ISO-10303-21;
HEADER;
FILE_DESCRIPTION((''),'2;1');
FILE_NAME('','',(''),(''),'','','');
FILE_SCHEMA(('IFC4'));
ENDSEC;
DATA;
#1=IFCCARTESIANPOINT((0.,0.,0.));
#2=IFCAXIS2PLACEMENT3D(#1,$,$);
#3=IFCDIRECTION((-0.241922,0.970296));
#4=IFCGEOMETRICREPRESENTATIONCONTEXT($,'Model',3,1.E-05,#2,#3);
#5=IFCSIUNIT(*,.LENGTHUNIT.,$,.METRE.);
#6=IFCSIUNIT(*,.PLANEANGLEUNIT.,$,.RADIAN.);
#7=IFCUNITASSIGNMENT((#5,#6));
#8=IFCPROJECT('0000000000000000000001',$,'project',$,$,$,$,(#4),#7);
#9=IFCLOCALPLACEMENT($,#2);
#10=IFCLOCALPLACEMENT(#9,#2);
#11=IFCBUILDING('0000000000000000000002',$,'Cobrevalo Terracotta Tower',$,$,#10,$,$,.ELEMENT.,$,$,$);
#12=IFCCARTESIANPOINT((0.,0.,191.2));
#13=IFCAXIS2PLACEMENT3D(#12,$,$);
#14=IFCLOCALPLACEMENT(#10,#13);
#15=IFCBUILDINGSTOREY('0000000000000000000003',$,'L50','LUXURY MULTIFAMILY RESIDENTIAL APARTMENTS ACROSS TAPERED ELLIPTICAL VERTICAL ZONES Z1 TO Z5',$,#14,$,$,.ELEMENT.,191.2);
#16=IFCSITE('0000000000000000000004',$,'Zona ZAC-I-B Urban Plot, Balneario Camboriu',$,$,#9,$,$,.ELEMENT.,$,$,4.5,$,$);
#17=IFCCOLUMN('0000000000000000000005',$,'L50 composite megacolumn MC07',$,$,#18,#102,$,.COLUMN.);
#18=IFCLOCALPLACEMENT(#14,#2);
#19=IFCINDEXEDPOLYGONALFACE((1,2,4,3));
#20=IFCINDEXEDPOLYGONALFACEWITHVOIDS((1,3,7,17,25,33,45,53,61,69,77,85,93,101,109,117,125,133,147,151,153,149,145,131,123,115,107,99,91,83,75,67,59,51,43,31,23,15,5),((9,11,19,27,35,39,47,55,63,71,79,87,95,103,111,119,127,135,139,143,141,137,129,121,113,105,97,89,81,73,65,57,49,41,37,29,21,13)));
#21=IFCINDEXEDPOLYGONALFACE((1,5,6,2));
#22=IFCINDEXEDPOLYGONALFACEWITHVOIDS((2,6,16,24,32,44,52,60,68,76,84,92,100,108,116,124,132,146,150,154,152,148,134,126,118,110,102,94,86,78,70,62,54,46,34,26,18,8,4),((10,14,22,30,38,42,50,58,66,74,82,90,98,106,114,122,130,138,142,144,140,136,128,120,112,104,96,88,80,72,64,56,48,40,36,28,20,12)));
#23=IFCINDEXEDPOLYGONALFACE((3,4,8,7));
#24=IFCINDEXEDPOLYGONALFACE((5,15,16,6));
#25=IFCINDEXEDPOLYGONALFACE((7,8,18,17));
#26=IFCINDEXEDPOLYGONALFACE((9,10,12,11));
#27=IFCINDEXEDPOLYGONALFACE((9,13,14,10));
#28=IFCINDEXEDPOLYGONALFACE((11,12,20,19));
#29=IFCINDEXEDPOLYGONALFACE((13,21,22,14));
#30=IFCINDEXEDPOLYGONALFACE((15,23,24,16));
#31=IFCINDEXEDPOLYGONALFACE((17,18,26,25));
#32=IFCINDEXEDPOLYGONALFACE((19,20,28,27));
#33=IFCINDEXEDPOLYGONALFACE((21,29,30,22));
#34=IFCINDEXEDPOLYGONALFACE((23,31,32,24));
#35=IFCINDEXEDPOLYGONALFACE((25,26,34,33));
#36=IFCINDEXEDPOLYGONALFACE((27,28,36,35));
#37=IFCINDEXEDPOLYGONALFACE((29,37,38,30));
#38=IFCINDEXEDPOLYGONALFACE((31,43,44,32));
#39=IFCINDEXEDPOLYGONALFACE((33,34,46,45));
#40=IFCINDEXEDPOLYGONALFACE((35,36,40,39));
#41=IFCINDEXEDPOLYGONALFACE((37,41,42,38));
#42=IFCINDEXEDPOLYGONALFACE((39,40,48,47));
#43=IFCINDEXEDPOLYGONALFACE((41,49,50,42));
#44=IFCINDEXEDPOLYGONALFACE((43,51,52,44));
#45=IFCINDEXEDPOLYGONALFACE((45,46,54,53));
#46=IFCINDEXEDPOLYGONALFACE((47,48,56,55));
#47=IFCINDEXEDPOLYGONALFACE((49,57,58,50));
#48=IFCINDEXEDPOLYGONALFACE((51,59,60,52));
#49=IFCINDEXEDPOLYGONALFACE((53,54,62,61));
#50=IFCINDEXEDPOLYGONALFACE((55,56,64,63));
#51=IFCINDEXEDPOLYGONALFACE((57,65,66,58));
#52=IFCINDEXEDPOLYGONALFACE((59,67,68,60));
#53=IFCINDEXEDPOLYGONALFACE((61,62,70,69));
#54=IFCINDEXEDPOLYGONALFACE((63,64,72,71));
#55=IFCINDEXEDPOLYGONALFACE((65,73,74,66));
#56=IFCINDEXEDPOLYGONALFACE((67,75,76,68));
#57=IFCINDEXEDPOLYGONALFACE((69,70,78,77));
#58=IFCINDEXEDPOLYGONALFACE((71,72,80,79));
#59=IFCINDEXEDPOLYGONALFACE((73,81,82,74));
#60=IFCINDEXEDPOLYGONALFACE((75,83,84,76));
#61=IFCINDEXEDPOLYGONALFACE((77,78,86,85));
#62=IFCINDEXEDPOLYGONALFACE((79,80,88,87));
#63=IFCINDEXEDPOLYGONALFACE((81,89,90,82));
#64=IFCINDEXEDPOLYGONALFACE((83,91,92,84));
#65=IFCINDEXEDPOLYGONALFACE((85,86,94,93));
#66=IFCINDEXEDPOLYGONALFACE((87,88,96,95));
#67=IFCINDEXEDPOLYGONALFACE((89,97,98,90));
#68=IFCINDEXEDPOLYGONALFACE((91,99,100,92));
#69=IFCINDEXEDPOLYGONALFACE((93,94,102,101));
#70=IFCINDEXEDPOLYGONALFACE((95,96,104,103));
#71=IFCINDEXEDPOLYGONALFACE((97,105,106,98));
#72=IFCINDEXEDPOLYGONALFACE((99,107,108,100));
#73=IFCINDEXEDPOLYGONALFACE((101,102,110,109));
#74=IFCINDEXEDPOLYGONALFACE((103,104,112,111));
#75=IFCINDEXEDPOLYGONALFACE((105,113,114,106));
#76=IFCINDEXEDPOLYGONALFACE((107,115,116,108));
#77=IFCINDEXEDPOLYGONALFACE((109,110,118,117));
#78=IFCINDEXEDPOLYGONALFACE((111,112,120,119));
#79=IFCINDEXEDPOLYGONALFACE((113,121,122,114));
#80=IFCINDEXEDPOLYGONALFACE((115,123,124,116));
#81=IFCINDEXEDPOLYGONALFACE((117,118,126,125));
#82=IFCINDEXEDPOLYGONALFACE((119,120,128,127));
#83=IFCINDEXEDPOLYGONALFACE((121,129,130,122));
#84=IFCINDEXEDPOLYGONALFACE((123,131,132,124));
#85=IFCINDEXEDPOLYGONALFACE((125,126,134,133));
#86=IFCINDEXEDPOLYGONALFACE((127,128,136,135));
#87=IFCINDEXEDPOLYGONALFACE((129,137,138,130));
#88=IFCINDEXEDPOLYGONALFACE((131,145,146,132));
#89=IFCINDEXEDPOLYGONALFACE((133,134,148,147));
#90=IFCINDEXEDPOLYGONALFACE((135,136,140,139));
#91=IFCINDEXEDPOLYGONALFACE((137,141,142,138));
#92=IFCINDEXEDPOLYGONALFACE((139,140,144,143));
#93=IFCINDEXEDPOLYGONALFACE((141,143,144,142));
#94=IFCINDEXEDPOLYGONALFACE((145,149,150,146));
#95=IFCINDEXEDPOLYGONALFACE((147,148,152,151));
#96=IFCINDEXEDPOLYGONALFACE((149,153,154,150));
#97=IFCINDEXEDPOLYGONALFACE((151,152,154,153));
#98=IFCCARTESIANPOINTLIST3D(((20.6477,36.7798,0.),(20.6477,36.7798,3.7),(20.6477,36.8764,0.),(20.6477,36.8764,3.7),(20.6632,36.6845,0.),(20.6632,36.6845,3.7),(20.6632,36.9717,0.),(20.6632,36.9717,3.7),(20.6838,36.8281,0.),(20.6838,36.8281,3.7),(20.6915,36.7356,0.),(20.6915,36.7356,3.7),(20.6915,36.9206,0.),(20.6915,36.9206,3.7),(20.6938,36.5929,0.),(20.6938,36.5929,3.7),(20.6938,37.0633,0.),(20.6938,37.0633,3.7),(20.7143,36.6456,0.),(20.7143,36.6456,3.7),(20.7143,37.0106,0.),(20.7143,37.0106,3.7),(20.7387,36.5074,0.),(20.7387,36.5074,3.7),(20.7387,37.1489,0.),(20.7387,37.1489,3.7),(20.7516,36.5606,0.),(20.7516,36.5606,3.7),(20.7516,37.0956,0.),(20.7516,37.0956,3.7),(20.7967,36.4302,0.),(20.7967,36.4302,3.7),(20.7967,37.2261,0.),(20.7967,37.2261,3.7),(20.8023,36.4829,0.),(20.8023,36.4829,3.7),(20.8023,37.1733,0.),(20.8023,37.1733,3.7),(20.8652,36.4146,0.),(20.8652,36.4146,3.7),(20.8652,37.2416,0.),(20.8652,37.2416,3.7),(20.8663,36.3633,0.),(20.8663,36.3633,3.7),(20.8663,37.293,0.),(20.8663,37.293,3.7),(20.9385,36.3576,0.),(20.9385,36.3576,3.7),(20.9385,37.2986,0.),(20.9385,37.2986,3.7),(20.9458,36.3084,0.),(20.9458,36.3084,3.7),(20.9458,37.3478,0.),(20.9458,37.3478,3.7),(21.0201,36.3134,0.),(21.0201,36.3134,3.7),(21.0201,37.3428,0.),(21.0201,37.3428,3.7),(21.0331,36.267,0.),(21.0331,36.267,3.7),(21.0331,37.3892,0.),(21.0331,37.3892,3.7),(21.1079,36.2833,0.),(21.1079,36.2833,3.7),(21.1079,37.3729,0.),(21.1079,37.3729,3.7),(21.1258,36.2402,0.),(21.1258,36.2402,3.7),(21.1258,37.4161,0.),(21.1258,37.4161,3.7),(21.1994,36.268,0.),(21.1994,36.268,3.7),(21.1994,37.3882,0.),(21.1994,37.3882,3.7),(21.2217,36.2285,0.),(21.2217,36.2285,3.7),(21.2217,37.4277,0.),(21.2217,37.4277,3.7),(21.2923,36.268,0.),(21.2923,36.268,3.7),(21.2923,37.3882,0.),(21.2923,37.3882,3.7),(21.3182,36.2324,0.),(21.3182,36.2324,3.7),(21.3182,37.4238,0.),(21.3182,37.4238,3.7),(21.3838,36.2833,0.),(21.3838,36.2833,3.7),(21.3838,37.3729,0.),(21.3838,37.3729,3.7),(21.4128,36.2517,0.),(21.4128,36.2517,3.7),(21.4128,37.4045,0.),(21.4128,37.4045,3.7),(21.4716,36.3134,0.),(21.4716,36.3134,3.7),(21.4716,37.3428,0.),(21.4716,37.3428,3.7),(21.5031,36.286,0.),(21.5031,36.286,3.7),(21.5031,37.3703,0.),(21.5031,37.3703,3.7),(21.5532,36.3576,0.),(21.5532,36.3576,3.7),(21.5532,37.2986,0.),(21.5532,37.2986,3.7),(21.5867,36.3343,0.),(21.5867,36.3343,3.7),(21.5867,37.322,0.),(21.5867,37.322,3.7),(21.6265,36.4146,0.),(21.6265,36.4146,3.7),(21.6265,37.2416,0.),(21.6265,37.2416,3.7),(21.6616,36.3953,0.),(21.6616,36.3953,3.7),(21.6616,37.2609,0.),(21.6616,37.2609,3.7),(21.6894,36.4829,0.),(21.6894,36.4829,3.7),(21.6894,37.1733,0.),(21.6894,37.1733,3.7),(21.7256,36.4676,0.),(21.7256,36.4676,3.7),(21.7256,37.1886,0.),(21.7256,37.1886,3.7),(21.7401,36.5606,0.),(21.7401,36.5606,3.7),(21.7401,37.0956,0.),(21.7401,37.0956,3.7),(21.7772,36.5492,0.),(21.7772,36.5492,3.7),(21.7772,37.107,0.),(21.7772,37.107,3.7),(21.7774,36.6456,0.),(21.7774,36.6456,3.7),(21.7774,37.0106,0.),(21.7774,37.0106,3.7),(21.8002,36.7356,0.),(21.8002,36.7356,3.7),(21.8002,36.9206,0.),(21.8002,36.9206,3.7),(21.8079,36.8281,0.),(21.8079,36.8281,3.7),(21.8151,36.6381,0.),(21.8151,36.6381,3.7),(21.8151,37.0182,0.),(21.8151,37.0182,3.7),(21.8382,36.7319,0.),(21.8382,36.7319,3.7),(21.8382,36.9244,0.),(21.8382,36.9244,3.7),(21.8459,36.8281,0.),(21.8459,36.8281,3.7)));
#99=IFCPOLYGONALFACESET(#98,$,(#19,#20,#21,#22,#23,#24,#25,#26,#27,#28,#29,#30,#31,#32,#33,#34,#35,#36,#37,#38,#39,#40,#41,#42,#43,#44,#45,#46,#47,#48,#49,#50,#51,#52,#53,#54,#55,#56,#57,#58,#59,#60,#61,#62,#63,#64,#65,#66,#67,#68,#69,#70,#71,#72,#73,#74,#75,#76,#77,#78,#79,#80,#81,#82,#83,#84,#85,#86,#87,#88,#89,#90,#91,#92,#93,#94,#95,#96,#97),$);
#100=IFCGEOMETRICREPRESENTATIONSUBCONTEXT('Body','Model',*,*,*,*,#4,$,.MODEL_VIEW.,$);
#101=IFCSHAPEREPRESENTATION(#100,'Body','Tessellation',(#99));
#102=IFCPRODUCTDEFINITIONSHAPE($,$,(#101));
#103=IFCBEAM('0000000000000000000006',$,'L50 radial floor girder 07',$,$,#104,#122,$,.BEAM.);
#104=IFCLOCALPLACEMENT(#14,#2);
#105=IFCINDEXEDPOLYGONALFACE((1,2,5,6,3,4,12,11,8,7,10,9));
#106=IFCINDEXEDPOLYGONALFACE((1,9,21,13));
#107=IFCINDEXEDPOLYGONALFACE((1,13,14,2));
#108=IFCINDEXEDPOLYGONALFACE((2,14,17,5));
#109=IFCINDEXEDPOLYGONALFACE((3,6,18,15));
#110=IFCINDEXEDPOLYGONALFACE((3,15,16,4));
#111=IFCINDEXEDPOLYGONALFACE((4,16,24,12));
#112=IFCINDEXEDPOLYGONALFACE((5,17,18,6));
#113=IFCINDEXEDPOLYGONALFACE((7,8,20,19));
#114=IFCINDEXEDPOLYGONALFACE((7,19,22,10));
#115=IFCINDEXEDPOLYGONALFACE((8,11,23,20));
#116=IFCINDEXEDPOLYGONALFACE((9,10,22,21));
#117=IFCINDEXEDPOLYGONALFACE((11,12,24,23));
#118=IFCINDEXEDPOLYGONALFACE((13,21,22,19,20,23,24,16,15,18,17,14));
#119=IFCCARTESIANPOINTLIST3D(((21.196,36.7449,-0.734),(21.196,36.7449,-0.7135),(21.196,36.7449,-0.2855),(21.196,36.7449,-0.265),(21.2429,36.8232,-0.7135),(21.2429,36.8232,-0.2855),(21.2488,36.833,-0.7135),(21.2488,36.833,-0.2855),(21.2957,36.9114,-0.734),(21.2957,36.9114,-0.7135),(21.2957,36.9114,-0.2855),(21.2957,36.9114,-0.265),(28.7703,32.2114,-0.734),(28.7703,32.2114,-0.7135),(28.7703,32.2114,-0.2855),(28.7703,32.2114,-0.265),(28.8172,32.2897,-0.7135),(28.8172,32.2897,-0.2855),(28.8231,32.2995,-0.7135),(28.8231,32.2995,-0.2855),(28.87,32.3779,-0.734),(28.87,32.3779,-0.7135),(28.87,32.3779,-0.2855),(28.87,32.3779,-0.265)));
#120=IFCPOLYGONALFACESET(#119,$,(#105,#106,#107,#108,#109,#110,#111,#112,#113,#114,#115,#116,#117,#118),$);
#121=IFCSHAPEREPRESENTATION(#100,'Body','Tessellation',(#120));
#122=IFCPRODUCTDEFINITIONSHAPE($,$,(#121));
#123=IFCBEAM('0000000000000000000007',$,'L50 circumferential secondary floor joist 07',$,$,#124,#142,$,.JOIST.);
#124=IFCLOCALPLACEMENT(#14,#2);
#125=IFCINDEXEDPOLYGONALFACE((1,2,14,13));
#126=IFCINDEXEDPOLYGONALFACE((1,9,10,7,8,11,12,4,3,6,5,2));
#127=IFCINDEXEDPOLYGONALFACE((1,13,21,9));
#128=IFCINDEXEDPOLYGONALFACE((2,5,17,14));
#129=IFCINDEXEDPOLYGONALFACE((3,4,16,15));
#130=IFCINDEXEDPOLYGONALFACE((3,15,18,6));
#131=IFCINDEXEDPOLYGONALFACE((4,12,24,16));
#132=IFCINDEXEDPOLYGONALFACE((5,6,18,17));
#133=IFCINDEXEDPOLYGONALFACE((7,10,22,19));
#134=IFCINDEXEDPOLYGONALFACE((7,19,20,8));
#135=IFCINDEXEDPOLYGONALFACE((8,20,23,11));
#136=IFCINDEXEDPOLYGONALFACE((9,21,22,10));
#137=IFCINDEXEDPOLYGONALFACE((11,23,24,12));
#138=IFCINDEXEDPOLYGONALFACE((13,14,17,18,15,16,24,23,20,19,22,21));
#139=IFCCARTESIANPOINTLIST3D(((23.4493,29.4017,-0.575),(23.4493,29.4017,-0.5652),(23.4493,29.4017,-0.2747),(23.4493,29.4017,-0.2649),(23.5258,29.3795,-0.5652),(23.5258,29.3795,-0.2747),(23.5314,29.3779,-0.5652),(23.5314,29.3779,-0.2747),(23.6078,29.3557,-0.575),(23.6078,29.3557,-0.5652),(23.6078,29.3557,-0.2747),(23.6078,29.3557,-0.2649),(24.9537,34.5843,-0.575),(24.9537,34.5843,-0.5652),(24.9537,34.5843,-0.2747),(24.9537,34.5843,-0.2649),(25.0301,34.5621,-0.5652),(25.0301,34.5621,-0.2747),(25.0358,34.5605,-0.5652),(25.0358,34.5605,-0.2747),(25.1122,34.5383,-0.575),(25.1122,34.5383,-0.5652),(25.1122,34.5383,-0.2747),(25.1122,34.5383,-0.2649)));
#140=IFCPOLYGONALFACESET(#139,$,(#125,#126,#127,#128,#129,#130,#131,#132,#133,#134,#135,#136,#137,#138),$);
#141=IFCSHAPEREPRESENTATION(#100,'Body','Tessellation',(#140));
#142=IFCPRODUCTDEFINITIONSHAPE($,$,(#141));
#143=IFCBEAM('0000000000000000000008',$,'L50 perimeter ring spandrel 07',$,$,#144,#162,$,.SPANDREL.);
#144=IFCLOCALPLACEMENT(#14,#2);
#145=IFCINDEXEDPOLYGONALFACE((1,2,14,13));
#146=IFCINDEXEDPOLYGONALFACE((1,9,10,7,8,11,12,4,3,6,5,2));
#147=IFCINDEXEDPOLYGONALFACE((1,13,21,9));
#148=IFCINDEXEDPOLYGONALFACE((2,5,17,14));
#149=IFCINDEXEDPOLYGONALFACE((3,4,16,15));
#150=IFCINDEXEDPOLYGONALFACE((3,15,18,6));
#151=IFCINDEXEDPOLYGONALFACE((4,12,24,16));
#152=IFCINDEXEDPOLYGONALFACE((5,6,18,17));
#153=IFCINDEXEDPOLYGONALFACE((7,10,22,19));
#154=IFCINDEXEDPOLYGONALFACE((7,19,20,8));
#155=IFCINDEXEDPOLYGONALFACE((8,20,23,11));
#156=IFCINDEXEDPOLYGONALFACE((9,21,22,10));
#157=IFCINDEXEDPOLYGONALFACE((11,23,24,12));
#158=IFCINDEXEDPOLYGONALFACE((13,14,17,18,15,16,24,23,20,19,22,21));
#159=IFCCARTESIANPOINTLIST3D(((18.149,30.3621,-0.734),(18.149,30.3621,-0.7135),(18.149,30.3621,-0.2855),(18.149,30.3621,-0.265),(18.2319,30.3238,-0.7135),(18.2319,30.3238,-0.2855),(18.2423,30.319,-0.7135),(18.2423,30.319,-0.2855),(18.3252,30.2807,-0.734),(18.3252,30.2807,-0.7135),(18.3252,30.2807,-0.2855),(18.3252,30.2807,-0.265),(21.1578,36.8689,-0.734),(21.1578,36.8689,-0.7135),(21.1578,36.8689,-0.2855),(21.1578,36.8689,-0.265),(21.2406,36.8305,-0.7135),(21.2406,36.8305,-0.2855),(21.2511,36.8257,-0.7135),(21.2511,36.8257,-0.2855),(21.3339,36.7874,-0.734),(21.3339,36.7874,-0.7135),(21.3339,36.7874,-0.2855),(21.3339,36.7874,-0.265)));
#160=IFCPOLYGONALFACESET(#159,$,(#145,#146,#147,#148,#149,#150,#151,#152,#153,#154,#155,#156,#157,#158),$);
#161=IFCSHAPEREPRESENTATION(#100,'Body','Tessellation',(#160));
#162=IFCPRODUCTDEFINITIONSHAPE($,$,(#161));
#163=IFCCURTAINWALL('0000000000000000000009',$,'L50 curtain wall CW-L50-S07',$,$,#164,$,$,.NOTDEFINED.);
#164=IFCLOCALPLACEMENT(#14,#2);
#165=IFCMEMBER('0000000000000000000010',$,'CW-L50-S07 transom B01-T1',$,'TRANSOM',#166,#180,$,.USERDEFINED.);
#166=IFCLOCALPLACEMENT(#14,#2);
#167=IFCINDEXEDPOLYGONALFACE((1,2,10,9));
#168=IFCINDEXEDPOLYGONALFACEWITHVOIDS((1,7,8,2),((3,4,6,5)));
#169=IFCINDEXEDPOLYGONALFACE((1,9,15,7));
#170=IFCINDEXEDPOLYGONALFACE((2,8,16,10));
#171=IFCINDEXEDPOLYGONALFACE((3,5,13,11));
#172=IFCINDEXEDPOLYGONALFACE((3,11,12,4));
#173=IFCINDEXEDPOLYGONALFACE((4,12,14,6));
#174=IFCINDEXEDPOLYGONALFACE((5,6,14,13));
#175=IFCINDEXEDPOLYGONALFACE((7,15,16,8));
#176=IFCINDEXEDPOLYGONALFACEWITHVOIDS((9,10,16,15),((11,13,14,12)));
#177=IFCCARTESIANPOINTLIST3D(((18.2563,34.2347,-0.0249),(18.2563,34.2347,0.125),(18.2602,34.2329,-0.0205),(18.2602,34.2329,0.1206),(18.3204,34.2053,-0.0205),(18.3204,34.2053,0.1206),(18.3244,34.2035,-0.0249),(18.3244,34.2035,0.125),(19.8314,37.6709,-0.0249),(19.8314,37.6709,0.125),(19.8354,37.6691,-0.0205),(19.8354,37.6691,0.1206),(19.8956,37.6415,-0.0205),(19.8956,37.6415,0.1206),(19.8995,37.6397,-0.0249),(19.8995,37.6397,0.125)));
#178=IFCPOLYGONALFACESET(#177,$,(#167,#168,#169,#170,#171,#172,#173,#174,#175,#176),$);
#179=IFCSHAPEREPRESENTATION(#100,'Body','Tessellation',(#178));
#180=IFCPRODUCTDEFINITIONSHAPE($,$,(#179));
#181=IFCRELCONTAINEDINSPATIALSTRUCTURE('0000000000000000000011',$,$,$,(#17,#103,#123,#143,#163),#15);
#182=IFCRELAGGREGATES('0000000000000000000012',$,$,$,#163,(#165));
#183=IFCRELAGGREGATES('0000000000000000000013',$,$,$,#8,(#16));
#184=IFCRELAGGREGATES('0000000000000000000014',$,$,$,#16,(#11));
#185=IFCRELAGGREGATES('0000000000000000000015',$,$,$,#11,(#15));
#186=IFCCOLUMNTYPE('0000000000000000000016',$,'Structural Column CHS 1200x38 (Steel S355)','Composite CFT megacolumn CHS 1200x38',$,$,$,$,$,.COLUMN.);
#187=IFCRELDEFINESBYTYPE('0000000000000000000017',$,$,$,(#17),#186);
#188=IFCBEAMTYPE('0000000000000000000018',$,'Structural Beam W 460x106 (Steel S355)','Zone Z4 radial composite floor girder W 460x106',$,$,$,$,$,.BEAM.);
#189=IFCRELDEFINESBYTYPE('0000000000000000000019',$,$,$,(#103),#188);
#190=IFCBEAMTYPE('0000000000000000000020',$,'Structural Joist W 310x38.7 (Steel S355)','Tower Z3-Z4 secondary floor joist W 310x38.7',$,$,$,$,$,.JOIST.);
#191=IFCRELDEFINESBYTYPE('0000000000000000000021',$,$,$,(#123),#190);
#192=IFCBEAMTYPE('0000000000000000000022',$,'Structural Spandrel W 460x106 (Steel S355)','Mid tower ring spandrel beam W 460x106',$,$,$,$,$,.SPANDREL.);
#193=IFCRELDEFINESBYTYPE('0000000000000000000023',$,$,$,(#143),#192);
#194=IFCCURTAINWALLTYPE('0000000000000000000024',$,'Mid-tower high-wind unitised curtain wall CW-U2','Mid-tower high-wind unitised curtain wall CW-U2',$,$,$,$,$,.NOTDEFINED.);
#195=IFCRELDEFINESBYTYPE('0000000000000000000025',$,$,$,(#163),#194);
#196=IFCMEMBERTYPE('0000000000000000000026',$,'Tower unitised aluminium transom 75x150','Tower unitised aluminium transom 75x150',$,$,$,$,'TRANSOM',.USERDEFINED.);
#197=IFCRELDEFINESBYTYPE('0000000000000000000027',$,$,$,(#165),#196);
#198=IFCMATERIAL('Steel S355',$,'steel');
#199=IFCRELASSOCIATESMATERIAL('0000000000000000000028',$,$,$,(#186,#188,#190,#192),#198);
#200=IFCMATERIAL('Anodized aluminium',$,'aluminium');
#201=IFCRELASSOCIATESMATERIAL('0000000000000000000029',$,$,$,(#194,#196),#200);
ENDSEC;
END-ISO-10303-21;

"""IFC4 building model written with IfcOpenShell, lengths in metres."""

from ifc_helpers import new_model, si_unit, direction, frame, origin, origin_2d, place, context, subcontext, project, spatial, hollow_rectangle, hollow_circle, i_section, extrude, source, transform, mapped, material, material_profile, profile_set, type_object, element, aggregate, save


model = new_model("IFC4")

# Units and contexts
model_context = context("Model", 3, precision=1e-05, world=origin(), true_north=direction((-0.241922, 0.970296)))
body_context = subcontext(model_context, "Body", "Model", "MODEL_VIEW")
ifc_project = project(units=[si_unit("LENGTHUNIT", "METRE"), si_unit("PLANEANGLEUNIT", "RADIAN")], contexts=[model_context])

# Site, building, storey
site_placement = place(None, origin())
site = spatial("IfcSite", under=ifc_project, at=site_placement, Name="Zona ZAC-I-B Urban Plot, Balneario Camboriu", CompositionType="ELEMENT", RefElevation=4.5)
building_placement = place(site_placement, origin())
building = spatial("IfcBuilding", under=site, at=building_placement, Name="Cobrevalo Terracotta Tower", CompositionType="ELEMENT")
storey_placement = place(building_placement, frame((0.0, 0.0, 191.2)))
storey = spatial("IfcBuildingStorey", under=building, at=storey_placement, Name="L50", Description="LUXURY MULTIFAMILY RESIDENTIAL APARTMENTS ACROSS TAPERED ELLIPTICAL VERTICAL ZONES Z1 TO Z5", CompositionType="ELEMENT", Elevation=191.2)

# Column
ifc_material_1 = material(Name="Steel S355", Category="steel")
ifc_material_profile_1 = material_profile(ifc_material_1, hollow_circle(Radius=0.6001, WallThickness=0.0381, at=origin_2d()), Name="CHS 1200x38")
ifc_profile_set_1 = profile_set([ifc_material_profile_1], Name="Steel S355")
column_type = type_object("IfcColumnType", Name="Structural Column CHS 1200x38 (Steel S355)", Description="Composite CFT megacolumn CHS 1200x38", PredefinedType="COLUMN", material=ifc_profile_set_1)
column_placement = place(storey_placement, frame((21.2458, 36.8281, 0.0), z_axis=(0.0, 0.0, 1.0), x_axis=(1.0, 0.0, 0.0)))
element("IfcColumn", 1, at=column_placement, inside=storey, type_object=column_type, Name="L50 composite megacolumn MC07", PredefinedType="COLUMN", context=body_context, shape_type="SweptSolid", body=[
    extrude(hollow_circle(Radius=0.6001, WallThickness=0.0381, at=origin_2d()), origin(), (0.0, 0.0, 1.0), 3.7),
])

# Beams
ifc_material_profile_2 = material_profile(ifc_material_1, i_section(OverallWidth=0.1941, OverallDepth=0.469, WebThickness=0.0115, FlangeThickness=0.0205, at=origin_2d()), Name="W 460x106")
ifc_profile_set_2 = profile_set([ifc_material_profile_2], Name="Steel S355")
beam_type_1 = type_object("IfcBeamType", Name="Structural Beam W 460x106 (Steel S355)", Description="Zone Z4 radial composite floor girder W 460x106", PredefinedType="BEAM", material=ifc_profile_set_2)
beam_1_placement = place(storey_placement, frame((21.2458, 36.8281, -0.4995), z_axis=(0.858046, -0.513572, 0.0), x_axis=(0.513572, 0.858046, 0.0)))
element("IfcBeam", 2, at=beam_1_placement, inside=storey, type_object=beam_type_1, Name="L50 radial floor girder 07", PredefinedType="BEAM", context=body_context, shape_type="SweptSolid", body=[
    extrude(i_section(OverallWidth=0.1941, OverallDepth=0.469, WebThickness=0.0115, FlangeThickness=0.0205, at=origin_2d()), origin(), (0.0, 0.0, 1.0), 8.8274),
])
ifc_material_profile_3 = material_profile(ifc_material_1, i_section(OverallWidth=0.165, OverallDepth=0.3101, WebThickness=0.0059, FlangeThickness=0.0098, at=origin_2d()), Name="W 310x38.7")
ifc_profile_set_3 = profile_set([ifc_material_profile_3], Name="Steel S355")
beam_type_2 = type_object("IfcBeamType", Name="Structural Joist W 310x38.7 (Steel S355)", Description="Tower Z3-Z4 secondary floor joist W 310x38.7", PredefinedType="JOIST", material=ifc_profile_set_3)
beam_2_placement = place(storey_placement, frame((25.033, 34.5613, -0.4199), z_axis=(-0.27877, -0.960358, 0.0), x_axis=(0.960358, -0.27877, 0.0)))
element("IfcBeam", 3, at=beam_2_placement, inside=storey, type_object=beam_type_2, Name="L50 circumferential secondary floor joist 07", PredefinedType="JOIST", context=body_context, shape_type="SweptSolid", body=[
    extrude(i_section(OverallWidth=0.165, OverallDepth=0.3101, WebThickness=0.0059, FlangeThickness=0.0098, at=origin_2d()), origin(), (0.0, 0.0, 1.0), 5.3965),
])
ifc_material_profile_4 = material_profile(ifc_material_1, i_section(OverallWidth=0.1941, OverallDepth=0.469, WebThickness=0.0115, FlangeThickness=0.0205, at=origin_2d()), Name="W 460x106")
ifc_profile_set_4 = profile_set([ifc_material_profile_4], Name="Steel S355")
beam_type_3 = type_object("IfcBeamType", Name="Structural Spandrel W 460x106 (Steel S355)", Description="Mid tower ring spandrel beam W 460x106", PredefinedType="SPANDREL", material=ifc_profile_set_4)
beam_3_placement = place(storey_placement, frame((21.2458, 36.8281, -0.4995), z_axis=(-0.419706, -0.90766, 0.0), x_axis=(0.90766, -0.419706, 0.0)))
element("IfcBeam", 4, at=beam_3_placement, inside=storey, type_object=beam_type_3, Name="L50 perimeter ring spandrel 07", PredefinedType="SPANDREL", context=body_context, shape_type="SweptSolid", body=[
    extrude(i_section(OverallWidth=0.1941, OverallDepth=0.469, WebThickness=0.0115, FlangeThickness=0.0205, at=origin_2d()), origin(), (0.0, 0.0, 1.0), 7.1687),
])

# Curtain wall, member
ifc_material_2 = material(Name="Anodized aluminium", Category="aluminium")
curtain_wall_type = type_object("IfcCurtainWallType", Name="Mid-tower high-wind unitised curtain wall CW-U2", Description="Mid-tower high-wind unitised curtain wall CW-U2", PredefinedType="NOTDEFINED", material=ifc_material_2)
curtain_wall_1_placement = place(storey_placement, origin())
curtain_wall_1 = element("IfcCurtainWall", 5, at=curtain_wall_1_placement, inside=storey, type_object=curtain_wall_type, Name="L50 curtain wall CW-L50-S07", PredefinedType="NOTDEFINED")
ifc_material_profile_5 = material_profile(ifc_material_2, hollow_rectangle(XDim=0.075, YDim=0.1499, WallThickness=0.0044, at=origin_2d()), Name="CWT 75x150")
ifc_profile_set_5 = profile_set([ifc_material_profile_5], Name="Anodized aluminium")
member_type_1 = type_object("IfcMemberType", Name="Tower unitised aluminium transom 75x150", Description="Tower unitised aluminium transom 75x150", ElementType="TRANSOM", PredefinedType="USERDEFINED", material=ifc_profile_set_5)
shared_shape_1 = source(origin(), body_context, "Body", "SweptSolid", [
    extrude(hollow_rectangle(XDim=0.075, YDim=0.1499, WallThickness=0.0044, at=origin_2d()), origin(), (0.0, 0.0, 1.0), 3.78),
])
member_1_placement = place(storey_placement, frame((19.8655, 37.6553, 0.05), z_axis=(-0.416706, -0.909041, 0.0), x_axis=(0.909041, -0.416706, 0.0)))
member_1 = element("IfcMember", 6, at=member_1_placement, type_object=member_type_1, Name="CW-L50-S07 transom B01-T1", ObjectType="TRANSOM", PredefinedType="USERDEFINED", context=body_context, shape_type="MappedRepresentation", body=[
    mapped(shared_shape_1, transform((0.0, 0.0, 0.0), scale=1.0)),
])

aggregate(curtain_wall_1, [member_1])

save(model, "model.ifc")
